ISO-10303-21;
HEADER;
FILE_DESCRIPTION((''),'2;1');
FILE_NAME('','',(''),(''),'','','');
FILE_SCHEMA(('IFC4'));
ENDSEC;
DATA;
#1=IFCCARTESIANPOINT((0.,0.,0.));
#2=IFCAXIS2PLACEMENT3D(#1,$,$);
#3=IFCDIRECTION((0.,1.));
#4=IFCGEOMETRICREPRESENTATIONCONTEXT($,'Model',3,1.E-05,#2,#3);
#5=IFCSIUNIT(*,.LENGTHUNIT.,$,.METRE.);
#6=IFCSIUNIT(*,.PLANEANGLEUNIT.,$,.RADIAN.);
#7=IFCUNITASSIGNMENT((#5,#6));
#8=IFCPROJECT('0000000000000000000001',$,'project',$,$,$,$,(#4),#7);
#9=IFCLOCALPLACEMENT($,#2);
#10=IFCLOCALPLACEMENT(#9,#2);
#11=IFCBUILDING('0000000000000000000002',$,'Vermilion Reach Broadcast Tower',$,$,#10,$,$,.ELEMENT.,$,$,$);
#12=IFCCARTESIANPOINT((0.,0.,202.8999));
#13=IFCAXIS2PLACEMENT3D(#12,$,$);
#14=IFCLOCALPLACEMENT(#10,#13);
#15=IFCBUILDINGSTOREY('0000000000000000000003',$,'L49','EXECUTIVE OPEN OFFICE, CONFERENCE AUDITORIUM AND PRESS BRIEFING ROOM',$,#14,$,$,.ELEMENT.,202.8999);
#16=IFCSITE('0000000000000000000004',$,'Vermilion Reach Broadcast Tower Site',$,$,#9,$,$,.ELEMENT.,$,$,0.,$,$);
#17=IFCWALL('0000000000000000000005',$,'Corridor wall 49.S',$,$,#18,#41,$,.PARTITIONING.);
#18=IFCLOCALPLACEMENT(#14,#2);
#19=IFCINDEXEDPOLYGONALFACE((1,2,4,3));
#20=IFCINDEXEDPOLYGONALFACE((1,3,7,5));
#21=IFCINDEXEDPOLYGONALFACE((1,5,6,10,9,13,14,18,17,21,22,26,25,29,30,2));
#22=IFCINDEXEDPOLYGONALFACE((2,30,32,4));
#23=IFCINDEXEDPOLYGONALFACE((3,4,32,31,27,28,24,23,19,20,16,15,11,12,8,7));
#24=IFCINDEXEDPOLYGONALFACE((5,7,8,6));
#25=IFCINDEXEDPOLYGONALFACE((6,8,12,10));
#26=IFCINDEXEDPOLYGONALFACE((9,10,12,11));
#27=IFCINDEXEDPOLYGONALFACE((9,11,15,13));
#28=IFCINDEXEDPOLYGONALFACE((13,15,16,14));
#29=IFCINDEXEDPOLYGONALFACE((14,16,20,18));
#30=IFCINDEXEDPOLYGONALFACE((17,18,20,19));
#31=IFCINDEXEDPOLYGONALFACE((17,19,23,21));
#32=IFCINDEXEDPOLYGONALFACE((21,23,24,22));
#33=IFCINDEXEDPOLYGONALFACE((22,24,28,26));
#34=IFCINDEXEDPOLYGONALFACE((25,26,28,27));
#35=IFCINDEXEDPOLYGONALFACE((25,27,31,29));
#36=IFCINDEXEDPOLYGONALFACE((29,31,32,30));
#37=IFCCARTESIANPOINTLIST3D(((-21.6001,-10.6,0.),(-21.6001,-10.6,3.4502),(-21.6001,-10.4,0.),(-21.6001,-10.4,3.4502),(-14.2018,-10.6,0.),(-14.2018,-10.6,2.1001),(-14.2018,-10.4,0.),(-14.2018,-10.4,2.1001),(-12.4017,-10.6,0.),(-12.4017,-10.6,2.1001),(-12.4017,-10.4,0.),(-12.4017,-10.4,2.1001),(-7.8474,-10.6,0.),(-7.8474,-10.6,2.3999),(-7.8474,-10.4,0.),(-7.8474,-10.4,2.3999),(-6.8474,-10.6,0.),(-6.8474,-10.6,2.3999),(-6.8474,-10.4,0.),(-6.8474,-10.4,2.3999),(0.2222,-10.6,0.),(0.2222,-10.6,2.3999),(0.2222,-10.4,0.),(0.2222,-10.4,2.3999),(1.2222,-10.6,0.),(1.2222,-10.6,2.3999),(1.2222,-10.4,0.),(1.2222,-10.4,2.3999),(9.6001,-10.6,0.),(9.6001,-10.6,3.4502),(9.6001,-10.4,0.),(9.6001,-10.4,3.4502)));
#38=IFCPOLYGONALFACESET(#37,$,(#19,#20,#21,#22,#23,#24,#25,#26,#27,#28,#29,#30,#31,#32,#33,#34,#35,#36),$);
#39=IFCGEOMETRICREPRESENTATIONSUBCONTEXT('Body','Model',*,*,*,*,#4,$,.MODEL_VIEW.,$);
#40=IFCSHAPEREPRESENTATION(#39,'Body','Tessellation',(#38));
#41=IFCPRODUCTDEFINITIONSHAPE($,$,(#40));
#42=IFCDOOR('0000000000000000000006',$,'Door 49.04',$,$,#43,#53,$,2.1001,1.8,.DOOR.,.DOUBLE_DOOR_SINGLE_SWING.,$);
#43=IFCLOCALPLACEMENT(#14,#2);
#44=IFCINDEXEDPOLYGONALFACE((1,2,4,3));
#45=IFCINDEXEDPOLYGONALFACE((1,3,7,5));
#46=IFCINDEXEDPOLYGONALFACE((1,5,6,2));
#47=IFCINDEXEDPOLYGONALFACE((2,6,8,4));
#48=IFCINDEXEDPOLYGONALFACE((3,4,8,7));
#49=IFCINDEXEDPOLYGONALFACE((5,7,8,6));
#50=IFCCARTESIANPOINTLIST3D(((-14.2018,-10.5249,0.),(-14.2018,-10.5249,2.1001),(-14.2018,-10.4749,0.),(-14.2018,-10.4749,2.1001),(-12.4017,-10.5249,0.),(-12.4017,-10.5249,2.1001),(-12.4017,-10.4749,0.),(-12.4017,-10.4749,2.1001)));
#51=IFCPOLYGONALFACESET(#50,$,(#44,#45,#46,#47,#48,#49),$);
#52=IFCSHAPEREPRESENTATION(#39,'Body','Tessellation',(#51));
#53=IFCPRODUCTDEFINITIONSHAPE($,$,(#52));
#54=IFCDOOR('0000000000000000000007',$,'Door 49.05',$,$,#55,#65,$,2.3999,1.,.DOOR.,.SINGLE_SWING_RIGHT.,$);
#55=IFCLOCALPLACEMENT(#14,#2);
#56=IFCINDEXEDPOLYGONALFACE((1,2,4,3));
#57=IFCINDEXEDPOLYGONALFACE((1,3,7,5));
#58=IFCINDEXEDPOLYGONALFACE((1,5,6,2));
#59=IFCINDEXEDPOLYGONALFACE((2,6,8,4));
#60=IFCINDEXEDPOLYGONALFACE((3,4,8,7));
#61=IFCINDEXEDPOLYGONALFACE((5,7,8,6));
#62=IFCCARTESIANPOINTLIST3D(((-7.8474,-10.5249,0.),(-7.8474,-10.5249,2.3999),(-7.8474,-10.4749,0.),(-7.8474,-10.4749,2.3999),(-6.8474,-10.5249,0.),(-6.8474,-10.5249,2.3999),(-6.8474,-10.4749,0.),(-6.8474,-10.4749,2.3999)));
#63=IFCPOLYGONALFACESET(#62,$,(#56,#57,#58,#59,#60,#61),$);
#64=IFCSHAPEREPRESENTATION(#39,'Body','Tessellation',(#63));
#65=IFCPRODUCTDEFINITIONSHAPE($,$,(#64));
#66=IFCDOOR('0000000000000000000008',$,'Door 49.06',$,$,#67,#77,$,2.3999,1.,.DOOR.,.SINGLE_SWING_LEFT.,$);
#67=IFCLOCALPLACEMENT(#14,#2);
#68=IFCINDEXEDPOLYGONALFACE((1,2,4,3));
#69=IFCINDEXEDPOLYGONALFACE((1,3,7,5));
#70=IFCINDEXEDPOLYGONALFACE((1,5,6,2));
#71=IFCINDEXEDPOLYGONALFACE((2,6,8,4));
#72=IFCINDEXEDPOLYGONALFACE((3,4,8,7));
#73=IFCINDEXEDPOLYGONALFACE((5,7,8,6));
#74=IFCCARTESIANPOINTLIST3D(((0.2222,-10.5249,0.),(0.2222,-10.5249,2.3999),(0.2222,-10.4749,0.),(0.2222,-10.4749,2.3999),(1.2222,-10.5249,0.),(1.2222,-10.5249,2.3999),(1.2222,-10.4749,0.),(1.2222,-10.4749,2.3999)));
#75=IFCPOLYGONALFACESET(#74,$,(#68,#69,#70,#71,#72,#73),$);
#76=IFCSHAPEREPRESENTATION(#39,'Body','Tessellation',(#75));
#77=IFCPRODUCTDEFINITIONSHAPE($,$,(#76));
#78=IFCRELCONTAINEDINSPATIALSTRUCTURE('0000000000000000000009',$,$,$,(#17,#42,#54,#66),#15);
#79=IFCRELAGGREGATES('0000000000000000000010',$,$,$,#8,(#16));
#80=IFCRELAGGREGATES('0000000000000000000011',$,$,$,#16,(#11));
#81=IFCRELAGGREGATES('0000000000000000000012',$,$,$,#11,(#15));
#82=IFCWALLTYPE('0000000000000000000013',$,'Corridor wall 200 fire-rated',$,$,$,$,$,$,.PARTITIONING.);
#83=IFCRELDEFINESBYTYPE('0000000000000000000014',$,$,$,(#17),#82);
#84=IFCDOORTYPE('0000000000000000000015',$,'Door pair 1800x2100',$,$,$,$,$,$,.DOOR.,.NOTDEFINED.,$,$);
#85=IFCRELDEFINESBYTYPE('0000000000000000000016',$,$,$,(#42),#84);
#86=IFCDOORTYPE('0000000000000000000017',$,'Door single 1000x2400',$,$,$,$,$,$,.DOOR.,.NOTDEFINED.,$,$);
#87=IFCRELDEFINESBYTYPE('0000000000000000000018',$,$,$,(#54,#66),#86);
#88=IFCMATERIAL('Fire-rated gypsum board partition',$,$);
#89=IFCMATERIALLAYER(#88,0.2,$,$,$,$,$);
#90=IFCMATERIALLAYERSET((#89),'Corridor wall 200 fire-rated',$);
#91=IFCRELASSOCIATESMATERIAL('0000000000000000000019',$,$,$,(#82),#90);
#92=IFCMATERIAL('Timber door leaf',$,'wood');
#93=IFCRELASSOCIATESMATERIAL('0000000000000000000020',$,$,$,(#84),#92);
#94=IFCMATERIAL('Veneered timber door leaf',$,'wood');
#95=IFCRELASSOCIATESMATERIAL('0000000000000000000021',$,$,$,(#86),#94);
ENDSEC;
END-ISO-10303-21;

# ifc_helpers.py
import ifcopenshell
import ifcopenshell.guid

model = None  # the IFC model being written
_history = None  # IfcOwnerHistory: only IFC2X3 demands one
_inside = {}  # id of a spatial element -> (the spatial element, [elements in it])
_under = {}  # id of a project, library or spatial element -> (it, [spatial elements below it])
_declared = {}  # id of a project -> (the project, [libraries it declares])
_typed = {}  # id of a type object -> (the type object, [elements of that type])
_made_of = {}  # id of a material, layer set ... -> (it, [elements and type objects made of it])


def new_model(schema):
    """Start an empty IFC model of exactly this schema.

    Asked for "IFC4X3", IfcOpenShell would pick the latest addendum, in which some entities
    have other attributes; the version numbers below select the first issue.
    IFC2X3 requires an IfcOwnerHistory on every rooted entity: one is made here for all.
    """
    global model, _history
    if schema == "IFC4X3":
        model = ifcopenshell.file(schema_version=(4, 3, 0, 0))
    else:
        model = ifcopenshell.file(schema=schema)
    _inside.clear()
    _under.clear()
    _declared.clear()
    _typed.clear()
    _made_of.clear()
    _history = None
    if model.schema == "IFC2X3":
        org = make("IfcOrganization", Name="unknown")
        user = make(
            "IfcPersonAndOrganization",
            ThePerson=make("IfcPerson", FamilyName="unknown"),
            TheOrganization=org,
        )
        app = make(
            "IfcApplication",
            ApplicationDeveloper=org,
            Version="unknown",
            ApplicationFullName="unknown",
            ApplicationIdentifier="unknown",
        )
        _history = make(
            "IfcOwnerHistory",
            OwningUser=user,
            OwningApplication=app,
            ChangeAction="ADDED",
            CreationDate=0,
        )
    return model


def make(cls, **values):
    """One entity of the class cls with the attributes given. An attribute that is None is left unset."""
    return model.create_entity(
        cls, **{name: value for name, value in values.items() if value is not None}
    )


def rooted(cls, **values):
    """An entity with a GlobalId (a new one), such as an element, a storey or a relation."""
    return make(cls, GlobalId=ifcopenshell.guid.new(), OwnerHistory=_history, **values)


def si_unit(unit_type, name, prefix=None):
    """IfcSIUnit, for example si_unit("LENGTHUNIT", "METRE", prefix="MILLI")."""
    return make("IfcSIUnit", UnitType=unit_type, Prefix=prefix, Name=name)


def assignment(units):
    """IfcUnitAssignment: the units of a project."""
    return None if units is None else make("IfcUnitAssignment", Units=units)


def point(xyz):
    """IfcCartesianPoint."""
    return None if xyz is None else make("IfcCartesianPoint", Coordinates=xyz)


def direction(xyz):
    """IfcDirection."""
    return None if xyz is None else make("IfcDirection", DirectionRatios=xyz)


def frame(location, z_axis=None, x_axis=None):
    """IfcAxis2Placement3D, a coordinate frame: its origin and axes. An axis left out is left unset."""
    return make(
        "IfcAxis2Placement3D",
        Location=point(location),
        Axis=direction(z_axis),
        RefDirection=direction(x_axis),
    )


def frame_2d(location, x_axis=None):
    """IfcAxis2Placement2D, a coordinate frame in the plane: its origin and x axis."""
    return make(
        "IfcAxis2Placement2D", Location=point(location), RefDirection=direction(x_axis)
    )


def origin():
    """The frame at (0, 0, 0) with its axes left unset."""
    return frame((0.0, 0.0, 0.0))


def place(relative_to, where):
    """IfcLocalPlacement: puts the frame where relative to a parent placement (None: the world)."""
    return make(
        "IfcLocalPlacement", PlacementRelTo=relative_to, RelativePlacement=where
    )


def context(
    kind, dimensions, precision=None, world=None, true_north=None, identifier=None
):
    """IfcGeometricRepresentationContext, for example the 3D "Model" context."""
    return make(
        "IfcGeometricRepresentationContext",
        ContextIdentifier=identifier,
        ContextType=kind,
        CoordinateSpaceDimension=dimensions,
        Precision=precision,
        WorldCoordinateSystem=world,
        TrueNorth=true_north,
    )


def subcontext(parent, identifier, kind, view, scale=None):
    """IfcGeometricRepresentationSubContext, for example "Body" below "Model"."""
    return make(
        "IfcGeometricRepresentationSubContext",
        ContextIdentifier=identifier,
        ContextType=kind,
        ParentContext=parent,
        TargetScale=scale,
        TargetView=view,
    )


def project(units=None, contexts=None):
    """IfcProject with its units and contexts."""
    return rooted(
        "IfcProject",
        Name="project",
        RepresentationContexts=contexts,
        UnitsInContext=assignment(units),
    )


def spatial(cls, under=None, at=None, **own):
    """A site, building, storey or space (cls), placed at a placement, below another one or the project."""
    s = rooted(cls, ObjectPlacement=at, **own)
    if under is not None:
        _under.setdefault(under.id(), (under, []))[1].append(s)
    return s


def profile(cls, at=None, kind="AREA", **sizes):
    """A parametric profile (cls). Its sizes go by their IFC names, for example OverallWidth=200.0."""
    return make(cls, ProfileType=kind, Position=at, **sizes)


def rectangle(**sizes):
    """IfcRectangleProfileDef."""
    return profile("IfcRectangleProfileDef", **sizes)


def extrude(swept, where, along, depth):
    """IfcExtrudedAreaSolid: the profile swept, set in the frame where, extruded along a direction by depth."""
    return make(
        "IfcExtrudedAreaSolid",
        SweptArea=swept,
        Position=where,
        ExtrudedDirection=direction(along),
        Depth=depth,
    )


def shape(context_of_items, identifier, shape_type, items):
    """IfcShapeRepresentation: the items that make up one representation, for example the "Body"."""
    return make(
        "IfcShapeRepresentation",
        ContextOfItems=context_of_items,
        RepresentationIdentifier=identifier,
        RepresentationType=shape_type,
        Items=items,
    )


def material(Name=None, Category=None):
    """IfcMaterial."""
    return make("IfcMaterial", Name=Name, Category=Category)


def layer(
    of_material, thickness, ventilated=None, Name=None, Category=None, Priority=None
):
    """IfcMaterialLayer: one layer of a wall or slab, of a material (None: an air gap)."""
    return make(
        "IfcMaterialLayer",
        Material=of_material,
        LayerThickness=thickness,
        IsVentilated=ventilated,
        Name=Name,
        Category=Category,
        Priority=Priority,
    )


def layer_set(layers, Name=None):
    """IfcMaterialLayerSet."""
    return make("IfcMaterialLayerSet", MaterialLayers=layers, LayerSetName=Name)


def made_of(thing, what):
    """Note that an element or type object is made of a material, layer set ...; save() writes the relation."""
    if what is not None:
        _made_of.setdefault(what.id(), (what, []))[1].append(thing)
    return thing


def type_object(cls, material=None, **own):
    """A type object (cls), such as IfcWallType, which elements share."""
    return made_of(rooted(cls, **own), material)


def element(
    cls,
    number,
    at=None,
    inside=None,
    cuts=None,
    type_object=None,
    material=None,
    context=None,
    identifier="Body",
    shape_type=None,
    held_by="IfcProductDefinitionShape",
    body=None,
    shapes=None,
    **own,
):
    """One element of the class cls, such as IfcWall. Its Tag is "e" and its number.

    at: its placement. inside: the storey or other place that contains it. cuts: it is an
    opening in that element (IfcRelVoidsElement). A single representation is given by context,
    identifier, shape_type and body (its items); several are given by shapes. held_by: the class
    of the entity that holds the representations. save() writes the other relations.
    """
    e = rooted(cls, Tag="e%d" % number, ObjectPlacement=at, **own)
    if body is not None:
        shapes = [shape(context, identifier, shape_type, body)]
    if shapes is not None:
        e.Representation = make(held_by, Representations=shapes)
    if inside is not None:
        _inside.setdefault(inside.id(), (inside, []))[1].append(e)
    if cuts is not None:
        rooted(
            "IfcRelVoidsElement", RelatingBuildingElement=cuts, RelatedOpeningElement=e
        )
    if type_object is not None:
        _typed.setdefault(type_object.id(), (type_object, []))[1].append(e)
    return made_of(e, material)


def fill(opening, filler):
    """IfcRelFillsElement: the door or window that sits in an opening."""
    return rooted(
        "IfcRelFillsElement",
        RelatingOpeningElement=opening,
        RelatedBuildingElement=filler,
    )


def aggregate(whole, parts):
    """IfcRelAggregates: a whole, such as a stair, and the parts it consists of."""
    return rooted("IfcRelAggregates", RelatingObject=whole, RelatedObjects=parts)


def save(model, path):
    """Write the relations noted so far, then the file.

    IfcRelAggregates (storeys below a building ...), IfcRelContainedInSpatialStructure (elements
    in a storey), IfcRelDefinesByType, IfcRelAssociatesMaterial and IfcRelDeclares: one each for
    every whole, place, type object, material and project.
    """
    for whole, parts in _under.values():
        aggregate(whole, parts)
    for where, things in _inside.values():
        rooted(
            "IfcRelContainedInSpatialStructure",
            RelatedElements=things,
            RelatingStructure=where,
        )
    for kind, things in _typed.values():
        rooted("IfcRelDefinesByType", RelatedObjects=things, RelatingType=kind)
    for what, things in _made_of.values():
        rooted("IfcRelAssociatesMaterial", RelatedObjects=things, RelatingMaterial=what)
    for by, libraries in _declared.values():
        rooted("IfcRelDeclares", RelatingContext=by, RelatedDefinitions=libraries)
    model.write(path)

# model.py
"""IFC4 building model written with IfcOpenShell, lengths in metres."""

from ifc_helpers import new_model, si_unit, direction, frame, frame_2d, origin, place, context, subcontext, project, spatial, rectangle, extrude, material, layer, layer_set, type_object, element, fill, save


model = new_model("IFC4")

# Units and contexts
model_context = context("Model", 3, precision=1e-05, world=origin(), true_north=direction((0.0, 1.0)))
body_context = subcontext(model_context, "Body", "Model", "MODEL_VIEW")
ifc_project = project(units=[si_unit("LENGTHUNIT", "METRE"), si_unit("PLANEANGLEUNIT", "RADIAN")], contexts=[model_context])

# Site, building, storey
site_placement = place(None, origin())
site = spatial("IfcSite", under=ifc_project, at=site_placement, Name="Vermilion Reach Broadcast Tower Site", CompositionType="ELEMENT", RefElevation=0.0)
building_placement = place(site_placement, origin())
building = spatial("IfcBuilding", under=site, at=building_placement, Name="Vermilion Reach Broadcast Tower", CompositionType="ELEMENT")
storey_placement = place(building_placement, frame((0.0, 0.0, 202.8999)))
storey = spatial("IfcBuildingStorey", under=building, at=storey_placement, Name="L49", Description="EXECUTIVE OPEN OFFICE, CONFERENCE AUDITORIUM AND PRESS BRIEFING ROOM", CompositionType="ELEMENT", Elevation=202.8999)

# Wall, openings, doors
ifc_material_1 = material(Name="Fire-rated gypsum board partition")
ifc_layer_1 = layer(ifc_material_1, 0.2)
ifc_layer_set_1 = layer_set([ifc_layer_1], Name="Corridor wall 200 fire-rated")
wall_type_1 = type_object("IfcWallType", Name="Corridor wall 200 fire-rated", PredefinedType="PARTITIONING", material=ifc_layer_set_1)
wall_1_placement = place(storey_placement, frame((9.6001, -10.5, 0.0), z_axis=(0.0, 0.0, 1.0), x_axis=(-1.0, 0.0, 0.0)))
wall_1 = element("IfcWall", 1, at=wall_1_placement, inside=storey, type_object=wall_type_1, Name="Corridor wall 49.S", PredefinedType="PARTITIONING", context=body_context, shape_type="SweptSolid", body=[
    extrude(rectangle(XDim=31.2002, YDim=0.2, at=frame_2d((15.6001, 0.0))), origin(), (0.0, 0.0, 1.0), 3.4502),
])
opening_1_placement = place(wall_1_placement, frame((22.002, 0.0, 0.0)))
opening_1 = element("IfcOpeningElement", 2, at=opening_1_placement, cuts=wall_1, PredefinedType="OPENING", context=body_context, shape_type="SweptSolid", body=[
    extrude(rectangle(XDim=1.8, YDim=2.1001, at=frame_2d((0.8999, 1.05))), frame((0.0, 0.1099, 0.0), z_axis=(0.0, -1.0, 0.0), x_axis=(1.0, 0.0, 0.0)), (0.0, 0.0, 1.0), 0.22),
])
opening_2_placement = place(wall_1_placement, frame((16.4475, 0.0, 0.0)))
opening_2 = element("IfcOpeningElement", 3, at=opening_2_placement, cuts=wall_1, PredefinedType="OPENING", context=body_context, shape_type="SweptSolid", body=[
    extrude(rectangle(XDim=1.0, YDim=2.3999, at=frame_2d((0.5, 1.2))), frame((0.0, 0.1099, 0.0), z_axis=(0.0, -1.0, 0.0), x_axis=(1.0, 0.0, 0.0)), (0.0, 0.0, 1.0), 0.22),
])
opening_3_placement = place(wall_1_placement, frame((8.3779, 0.0, 0.0)))
opening_3 = element("IfcOpeningElement", 4, at=opening_3_placement, cuts=wall_1, PredefinedType="OPENING", context=body_context, shape_type="SweptSolid", body=[
    extrude(rectangle(XDim=1.0, YDim=2.3999, at=frame_2d((0.5, 1.2))), frame((0.0, 0.1099, 0.0), z_axis=(0.0, -1.0, 0.0), x_axis=(1.0, 0.0, 0.0)), (0.0, 0.0, 1.0), 0.22),
])
ifc_material_2 = material(Name="Timber door leaf", Category="wood")
door_type_1 = type_object("IfcDoorType", Name="Door pair 1800x2100", OperationType="NOTDEFINED", PredefinedType="DOOR", material=ifc_material_2)
door_1_placement = place(opening_1_placement, origin())
door_1 = element("IfcDoor", 5, at=door_1_placement, inside=storey, type_object=door_type_1, Name="Door 49.04", OperationType="DOUBLE_DOOR_SINGLE_SWING", OverallHeight=2.1001, OverallWidth=1.8, PredefinedType="DOOR", context=body_context, shape_type="SweptSolid", body=[
    extrude(rectangle(XDim=1.8, YDim=2.1001, at=frame_2d((0.8999, 1.05))), frame((0.0, 0.0249, 0.0), z_axis=(0.0, -1.0, 0.0), x_axis=(1.0, 0.0, 0.0)), (0.0, 0.0, 1.0), 0.05),
])
fill(opening_1, door_1)
ifc_material_3 = material(Name="Veneered timber door leaf", Category="wood")
door_type_2 = type_object("IfcDoorType", Name="Door single 1000x2400", OperationType="NOTDEFINED", PredefinedType="DOOR", material=ifc_material_3)
door_2_placement = place(opening_2_placement, origin())
door_2 = element("IfcDoor", 6, at=door_2_placement, inside=storey, type_object=door_type_2, Name="Door 49.05", OperationType="SINGLE_SWING_RIGHT", OverallHeight=2.3999, OverallWidth=1.0, PredefinedType="DOOR", context=body_context, shape_type="SweptSolid", body=[
    extrude(rectangle(XDim=1.0, YDim=2.3999, at=frame_2d((0.5, 1.2))), frame((0.0, 0.0249, 0.0), z_axis=(0.0, -1.0, 0.0), x_axis=(1.0, 0.0, 0.0)), (0.0, 0.0, 1.0), 0.05),
])
fill(opening_2, door_2)
door_3_placement = place(opening_3_placement, origin())
door_3 = element("IfcDoor", 7, at=door_3_placement, inside=storey, type_object=door_type_2, Name="Door 49.06", OperationType="SINGLE_SWING_LEFT", OverallHeight=2.3999, OverallWidth=1.0, PredefinedType="DOOR", context=body_context, shape_type="SweptSolid", body=[
    extrude(rectangle(XDim=1.0, YDim=2.3999, at=frame_2d((0.5, 1.2))), frame((0.0, 0.0249, 0.0), z_axis=(0.0, -1.0, 0.0), x_axis=(1.0, 0.0, 0.0)), (0.0, 0.0, 1.0), 0.05),
])
fill(opening_3, door_3)

save(model, "model.ifc")
